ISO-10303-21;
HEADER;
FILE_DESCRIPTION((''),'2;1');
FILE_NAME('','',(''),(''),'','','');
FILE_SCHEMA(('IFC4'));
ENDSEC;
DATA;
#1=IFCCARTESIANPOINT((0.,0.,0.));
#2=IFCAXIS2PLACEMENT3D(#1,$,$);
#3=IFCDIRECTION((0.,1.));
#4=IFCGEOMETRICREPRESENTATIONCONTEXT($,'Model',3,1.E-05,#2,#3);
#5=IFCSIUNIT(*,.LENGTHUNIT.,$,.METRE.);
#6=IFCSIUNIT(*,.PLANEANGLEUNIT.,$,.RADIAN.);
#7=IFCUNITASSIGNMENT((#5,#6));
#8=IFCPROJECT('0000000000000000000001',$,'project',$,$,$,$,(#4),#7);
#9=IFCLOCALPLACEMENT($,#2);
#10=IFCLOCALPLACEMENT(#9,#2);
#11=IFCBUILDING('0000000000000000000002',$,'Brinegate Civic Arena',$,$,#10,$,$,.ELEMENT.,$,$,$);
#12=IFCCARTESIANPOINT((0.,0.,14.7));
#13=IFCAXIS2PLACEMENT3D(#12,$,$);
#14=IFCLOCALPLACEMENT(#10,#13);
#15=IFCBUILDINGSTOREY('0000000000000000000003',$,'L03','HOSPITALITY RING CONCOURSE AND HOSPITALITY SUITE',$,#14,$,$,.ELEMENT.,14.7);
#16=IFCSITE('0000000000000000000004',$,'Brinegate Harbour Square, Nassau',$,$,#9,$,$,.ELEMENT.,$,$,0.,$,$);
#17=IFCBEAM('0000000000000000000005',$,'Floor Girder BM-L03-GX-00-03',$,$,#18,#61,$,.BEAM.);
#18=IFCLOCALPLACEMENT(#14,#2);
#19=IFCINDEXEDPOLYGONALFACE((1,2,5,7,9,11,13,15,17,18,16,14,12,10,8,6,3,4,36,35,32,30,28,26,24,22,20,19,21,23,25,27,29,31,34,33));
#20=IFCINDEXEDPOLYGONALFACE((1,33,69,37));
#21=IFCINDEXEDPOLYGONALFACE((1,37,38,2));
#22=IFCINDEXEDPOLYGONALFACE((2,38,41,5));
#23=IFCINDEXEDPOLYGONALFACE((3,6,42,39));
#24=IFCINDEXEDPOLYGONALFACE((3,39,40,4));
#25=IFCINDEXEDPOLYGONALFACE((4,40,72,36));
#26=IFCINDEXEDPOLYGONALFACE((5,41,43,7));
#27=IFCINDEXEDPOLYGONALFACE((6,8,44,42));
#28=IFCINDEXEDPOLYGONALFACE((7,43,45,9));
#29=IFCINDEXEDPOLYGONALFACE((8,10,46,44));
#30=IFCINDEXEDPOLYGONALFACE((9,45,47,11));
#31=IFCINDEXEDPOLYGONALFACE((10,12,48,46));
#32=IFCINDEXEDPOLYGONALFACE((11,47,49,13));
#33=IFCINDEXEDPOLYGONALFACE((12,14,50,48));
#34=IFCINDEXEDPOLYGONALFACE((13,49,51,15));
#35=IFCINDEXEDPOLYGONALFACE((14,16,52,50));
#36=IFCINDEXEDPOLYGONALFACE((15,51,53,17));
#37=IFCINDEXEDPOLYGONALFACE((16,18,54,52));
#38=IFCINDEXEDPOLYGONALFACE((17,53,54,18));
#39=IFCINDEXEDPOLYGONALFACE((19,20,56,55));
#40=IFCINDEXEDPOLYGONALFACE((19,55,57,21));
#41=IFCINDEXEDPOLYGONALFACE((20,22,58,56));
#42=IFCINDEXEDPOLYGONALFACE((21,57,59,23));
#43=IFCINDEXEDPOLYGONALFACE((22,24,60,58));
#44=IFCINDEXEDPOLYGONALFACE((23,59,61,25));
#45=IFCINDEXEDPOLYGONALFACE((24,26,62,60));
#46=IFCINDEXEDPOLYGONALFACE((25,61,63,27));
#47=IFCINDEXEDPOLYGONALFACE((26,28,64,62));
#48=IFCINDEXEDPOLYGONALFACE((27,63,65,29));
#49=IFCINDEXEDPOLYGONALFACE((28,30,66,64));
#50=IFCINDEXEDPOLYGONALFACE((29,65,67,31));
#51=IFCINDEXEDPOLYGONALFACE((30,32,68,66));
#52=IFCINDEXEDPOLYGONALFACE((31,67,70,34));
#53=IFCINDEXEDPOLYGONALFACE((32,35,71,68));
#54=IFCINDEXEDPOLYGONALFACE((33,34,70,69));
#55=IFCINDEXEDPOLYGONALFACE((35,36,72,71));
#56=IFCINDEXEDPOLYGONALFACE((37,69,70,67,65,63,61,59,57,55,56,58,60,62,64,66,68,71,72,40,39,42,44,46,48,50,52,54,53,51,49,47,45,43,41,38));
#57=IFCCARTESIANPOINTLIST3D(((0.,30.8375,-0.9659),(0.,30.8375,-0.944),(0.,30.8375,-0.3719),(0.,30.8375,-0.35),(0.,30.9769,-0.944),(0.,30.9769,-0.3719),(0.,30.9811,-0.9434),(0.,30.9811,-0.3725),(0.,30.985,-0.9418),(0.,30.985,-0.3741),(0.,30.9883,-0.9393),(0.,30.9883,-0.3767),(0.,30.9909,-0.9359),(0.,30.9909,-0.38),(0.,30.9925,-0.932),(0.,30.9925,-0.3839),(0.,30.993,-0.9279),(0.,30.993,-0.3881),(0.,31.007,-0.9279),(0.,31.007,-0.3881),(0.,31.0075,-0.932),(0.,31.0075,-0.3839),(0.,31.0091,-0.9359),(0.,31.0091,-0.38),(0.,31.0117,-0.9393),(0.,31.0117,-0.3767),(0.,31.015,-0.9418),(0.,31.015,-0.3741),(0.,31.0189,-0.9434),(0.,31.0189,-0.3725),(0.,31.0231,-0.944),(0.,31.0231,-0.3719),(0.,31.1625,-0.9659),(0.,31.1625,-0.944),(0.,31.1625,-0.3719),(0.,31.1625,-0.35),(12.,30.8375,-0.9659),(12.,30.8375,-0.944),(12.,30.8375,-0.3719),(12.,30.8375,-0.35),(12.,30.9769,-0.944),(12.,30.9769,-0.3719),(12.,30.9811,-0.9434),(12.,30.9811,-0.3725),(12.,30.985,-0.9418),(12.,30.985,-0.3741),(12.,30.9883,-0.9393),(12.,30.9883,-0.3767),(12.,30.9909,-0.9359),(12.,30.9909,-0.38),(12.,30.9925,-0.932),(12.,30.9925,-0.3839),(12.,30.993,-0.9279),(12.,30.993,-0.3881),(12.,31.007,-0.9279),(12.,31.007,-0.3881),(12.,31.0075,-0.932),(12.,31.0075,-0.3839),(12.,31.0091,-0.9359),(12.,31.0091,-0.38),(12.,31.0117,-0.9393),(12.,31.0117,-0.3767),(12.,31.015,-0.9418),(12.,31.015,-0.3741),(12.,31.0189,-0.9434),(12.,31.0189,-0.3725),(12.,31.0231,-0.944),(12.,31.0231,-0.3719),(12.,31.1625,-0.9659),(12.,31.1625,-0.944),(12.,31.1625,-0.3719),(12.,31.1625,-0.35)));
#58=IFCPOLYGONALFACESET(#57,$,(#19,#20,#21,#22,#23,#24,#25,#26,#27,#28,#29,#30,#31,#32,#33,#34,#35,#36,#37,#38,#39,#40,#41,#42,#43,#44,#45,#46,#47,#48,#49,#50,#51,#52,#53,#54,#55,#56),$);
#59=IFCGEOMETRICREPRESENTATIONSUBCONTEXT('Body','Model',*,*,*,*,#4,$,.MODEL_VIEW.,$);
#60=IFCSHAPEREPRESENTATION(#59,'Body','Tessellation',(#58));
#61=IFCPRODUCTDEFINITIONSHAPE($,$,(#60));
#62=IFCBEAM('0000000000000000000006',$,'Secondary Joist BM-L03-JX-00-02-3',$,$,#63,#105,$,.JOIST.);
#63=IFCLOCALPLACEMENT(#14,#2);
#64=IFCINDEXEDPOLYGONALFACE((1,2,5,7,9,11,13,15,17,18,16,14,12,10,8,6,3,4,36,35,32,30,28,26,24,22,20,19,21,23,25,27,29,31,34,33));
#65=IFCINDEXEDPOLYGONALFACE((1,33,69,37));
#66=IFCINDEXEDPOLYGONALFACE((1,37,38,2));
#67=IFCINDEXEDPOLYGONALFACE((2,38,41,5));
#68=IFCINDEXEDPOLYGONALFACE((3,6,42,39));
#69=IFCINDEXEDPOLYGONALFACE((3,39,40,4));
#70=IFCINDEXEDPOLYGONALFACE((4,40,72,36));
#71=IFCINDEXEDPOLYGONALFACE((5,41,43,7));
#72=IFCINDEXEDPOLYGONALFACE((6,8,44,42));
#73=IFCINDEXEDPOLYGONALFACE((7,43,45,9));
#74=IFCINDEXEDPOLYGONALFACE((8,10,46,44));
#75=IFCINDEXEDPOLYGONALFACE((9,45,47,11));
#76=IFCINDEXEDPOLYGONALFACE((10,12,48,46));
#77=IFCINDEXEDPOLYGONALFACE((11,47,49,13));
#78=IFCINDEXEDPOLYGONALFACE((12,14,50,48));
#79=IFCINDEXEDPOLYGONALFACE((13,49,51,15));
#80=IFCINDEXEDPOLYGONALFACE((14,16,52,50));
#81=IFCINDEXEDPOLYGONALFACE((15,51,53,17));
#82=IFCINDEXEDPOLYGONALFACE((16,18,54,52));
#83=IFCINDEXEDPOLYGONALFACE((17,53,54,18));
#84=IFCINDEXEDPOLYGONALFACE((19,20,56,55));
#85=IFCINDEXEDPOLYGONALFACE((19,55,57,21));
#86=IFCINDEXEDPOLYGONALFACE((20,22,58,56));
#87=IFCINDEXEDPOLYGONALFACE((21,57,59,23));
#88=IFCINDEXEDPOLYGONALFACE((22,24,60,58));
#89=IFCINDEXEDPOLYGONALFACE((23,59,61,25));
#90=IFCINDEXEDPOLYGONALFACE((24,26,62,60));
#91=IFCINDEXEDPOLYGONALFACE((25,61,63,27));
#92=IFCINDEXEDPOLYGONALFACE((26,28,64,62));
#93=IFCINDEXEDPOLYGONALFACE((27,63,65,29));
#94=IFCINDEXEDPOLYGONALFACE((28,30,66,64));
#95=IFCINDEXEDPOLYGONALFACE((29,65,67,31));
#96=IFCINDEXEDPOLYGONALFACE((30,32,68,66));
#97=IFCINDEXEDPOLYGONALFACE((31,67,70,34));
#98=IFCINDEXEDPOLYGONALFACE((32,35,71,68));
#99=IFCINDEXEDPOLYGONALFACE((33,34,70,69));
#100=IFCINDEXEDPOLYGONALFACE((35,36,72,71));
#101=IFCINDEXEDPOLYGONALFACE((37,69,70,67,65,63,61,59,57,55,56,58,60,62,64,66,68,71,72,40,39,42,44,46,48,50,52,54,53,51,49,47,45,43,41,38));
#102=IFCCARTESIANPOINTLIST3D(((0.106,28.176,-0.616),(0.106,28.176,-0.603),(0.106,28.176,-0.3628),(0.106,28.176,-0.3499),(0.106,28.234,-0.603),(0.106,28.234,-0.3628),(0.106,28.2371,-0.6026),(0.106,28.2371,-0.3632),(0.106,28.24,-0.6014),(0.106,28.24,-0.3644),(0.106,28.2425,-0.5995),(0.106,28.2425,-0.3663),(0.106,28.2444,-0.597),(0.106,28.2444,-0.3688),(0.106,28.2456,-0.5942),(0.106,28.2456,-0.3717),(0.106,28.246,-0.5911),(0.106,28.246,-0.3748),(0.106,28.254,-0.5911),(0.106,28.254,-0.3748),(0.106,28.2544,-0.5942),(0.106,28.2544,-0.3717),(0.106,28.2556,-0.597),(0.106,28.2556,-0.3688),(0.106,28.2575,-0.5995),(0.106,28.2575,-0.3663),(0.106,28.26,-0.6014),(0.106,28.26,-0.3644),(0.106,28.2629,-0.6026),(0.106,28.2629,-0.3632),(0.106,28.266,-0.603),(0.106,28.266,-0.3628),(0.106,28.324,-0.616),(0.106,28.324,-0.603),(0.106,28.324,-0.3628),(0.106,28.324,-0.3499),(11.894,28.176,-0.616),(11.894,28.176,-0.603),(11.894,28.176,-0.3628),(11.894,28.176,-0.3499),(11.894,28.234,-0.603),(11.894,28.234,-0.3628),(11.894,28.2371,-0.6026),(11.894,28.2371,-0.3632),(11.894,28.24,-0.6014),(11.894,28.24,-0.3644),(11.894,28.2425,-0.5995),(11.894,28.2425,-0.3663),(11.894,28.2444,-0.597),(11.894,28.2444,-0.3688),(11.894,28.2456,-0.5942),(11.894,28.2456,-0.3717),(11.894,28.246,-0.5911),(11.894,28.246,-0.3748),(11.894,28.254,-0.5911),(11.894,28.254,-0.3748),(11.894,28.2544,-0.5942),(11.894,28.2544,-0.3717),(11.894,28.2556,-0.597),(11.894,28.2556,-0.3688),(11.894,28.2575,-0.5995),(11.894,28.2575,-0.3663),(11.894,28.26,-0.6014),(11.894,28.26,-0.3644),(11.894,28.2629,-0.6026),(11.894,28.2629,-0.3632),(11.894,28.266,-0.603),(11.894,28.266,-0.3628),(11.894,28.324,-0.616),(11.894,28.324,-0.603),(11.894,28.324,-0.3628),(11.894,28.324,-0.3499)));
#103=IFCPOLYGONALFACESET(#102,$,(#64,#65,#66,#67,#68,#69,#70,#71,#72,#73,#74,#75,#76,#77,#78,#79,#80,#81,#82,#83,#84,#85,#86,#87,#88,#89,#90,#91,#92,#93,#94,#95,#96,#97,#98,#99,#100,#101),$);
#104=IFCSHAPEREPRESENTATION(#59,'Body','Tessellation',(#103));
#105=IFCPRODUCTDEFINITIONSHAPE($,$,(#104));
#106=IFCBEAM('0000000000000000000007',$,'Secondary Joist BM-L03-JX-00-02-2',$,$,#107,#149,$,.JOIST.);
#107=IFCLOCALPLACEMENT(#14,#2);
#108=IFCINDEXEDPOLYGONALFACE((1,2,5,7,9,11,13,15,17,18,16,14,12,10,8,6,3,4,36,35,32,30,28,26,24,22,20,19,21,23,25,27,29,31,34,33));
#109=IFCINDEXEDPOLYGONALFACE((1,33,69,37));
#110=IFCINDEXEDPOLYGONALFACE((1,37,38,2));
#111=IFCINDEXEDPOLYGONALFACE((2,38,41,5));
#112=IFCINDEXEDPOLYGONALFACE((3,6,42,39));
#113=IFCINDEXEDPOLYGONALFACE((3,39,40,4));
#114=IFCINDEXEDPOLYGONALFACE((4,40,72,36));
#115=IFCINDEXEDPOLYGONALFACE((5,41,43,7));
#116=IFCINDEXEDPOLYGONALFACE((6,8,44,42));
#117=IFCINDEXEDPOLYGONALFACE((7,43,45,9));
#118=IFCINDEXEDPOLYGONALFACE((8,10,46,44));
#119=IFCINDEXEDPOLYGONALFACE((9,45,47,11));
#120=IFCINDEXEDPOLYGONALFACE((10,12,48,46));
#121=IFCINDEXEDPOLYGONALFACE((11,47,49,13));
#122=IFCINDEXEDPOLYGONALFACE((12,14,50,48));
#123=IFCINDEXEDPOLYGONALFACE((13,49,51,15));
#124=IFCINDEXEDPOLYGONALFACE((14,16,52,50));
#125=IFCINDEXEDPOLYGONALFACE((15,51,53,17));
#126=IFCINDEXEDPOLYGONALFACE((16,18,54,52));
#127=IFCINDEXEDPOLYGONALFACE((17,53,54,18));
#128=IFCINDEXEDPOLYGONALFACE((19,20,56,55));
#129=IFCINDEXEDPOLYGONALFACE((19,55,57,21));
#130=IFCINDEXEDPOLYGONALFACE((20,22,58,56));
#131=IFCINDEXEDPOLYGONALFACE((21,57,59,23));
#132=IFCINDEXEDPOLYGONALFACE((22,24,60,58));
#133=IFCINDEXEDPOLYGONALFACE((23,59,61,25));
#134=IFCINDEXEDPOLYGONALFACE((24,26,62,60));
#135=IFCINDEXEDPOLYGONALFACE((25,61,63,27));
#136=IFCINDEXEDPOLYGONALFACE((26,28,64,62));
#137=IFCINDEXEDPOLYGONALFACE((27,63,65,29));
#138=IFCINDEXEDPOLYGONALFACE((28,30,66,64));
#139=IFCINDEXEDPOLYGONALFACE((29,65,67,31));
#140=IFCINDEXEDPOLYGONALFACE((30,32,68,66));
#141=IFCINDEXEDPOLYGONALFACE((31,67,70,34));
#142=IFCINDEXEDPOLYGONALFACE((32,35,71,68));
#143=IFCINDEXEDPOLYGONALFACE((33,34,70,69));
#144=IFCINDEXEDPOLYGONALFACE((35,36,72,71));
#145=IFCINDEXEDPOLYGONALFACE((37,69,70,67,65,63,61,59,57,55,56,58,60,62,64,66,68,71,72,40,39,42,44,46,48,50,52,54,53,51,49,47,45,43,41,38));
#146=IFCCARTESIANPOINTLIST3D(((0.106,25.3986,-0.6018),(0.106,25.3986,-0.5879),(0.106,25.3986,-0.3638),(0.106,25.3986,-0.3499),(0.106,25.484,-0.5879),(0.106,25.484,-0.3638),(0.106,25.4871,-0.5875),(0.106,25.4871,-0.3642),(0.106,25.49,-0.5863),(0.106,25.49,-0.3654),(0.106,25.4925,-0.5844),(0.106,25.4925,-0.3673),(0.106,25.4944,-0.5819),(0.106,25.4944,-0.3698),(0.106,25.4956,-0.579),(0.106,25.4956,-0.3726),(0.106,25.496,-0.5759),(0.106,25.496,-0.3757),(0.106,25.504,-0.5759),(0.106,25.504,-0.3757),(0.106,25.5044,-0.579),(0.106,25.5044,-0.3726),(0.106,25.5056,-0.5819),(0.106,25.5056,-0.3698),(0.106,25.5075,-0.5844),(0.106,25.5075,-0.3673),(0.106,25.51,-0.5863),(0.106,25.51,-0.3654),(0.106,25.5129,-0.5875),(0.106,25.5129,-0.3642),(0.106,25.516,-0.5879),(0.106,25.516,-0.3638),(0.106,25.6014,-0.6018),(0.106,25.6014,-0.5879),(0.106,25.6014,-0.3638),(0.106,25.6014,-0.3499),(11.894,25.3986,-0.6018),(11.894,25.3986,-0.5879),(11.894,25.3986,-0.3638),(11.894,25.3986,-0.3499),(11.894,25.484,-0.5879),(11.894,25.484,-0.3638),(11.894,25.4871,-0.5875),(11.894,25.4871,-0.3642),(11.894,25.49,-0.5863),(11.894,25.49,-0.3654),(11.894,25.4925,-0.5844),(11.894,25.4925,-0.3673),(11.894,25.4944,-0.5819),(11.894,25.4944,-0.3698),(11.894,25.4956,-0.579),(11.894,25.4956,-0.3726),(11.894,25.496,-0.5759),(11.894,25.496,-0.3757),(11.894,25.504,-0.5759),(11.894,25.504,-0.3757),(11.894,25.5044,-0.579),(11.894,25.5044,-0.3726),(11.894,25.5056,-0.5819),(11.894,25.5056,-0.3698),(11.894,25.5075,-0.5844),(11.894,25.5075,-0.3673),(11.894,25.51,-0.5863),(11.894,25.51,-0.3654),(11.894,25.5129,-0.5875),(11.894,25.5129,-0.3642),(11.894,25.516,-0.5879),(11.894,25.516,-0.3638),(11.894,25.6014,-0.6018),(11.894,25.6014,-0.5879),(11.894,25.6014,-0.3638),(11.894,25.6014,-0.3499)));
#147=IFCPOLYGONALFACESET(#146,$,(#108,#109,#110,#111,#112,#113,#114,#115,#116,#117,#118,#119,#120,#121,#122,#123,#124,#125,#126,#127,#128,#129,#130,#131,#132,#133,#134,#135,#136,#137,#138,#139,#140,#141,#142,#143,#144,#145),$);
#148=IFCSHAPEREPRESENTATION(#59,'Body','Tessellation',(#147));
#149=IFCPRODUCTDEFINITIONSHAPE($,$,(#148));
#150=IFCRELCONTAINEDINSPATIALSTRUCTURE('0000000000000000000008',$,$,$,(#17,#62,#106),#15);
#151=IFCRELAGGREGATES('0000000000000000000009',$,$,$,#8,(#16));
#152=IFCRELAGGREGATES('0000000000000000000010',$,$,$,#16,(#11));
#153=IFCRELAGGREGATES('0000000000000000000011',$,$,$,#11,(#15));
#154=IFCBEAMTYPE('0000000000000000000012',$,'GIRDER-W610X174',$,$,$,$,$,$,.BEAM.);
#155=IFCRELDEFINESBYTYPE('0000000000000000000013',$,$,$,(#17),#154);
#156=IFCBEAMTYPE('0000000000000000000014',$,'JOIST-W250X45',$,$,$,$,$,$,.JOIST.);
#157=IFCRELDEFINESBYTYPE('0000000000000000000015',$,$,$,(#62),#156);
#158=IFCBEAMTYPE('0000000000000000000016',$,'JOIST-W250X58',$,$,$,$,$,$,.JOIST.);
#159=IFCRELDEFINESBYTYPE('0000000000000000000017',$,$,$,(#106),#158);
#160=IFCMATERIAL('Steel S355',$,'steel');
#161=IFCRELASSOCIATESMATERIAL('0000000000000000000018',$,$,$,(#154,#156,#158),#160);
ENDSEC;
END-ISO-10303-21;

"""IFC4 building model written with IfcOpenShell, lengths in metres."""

from ifc_helpers import new_model, si_unit, direction, frame, origin, origin_2d, place, context, subcontext, project, spatial, i_section, extrude, material, material_profile, profile_set, type_object, element, save


model = new_model("IFC4")

# Units and contexts
model_context = context("Model", 3, precision=1e-05, world=origin(), true_north=direction((0.0, 1.0)))
body_context = subcontext(model_context, "Body", "Model", "MODEL_VIEW")
ifc_project = project(units=[si_unit("LENGTHUNIT", "METRE"), si_unit("PLANEANGLEUNIT", "RADIAN")], contexts=[model_context])

# Site, building, storey
site_placement = place(None, origin())
site = spatial("IfcSite", under=ifc_project, at=site_placement, Name="Brinegate Harbour Square, Nassau", CompositionType="ELEMENT", RefElevation=0.0)
building_placement = place(site_placement, origin())
building = spatial("IfcBuilding", under=site, at=building_placement, Name="Brinegate Civic Arena", CompositionType="ELEMENT")
storey_placement = place(building_placement, frame((0.0, 0.0, 14.7)))
storey = spatial("IfcBuildingStorey", under=building, at=storey_placement, Name="L03", Description="HOSPITALITY RING CONCOURSE AND HOSPITALITY SUITE", CompositionType="ELEMENT", Elevation=14.7)

# Beams
ifc_material_1 = material(Name="Steel S355", Category="steel")
ifc_material_profile_1 = material_profile(ifc_material_1, i_section(OverallWidth=0.325, OverallDepth=0.616, WebThickness=0.0139, FlangeThickness=0.022, FilletRadius=0.0161, at=origin_2d()), Name="W610X174")
ifc_profile_set_1 = profile_set([ifc_material_profile_1], Name="Steel S355")
beam_type_1 = type_object("IfcBeamType", Name="GIRDER-W610X174", PredefinedType="BEAM", material=ifc_profile_set_1)
beam_1_placement = place(storey_placement, frame((0.0, 31.0, -0.658), z_axis=(1.0, 0.0, 0.0), x_axis=(0.0, 1.0, 0.0)))
element("IfcBeam", 1, at=beam_1_placement, inside=storey, type_object=beam_type_1, Name="Floor Girder BM-L03-GX-00-03", PredefinedType="BEAM", context=body_context, shape_type="SweptSolid", body=[
    extrude(i_section(OverallWidth=0.325, OverallDepth=0.616, WebThickness=0.0139, FlangeThickness=0.022, FilletRadius=0.0161, at=origin_2d()), origin(), (0.0, 0.0, 1.0), 12.0),
])
ifc_material_profile_2 = material_profile(ifc_material_1, i_section(OverallWidth=0.1479, OverallDepth=0.2661, WebThickness=0.0081, FlangeThickness=0.0129, FilletRadius=0.012, at=origin_2d()), Name="W250X45")
ifc_profile_set_2 = profile_set([ifc_material_profile_2], Name="Steel S355")
beam_type_2 = type_object("IfcBeamType", Name="JOIST-W250X45", PredefinedType="JOIST", material=ifc_profile_set_2)
beam_2_placement = place(storey_placement, frame((0.106, 28.25, -0.4829), z_axis=(1.0, 0.0, 0.0), x_axis=(0.0, 1.0, 0.0)))
element("IfcBeam", 2, at=beam_2_placement, inside=storey, type_object=beam_type_2, Name="Secondary Joist BM-L03-JX-00-02-3", PredefinedType="JOIST", context=body_context, shape_type="SweptSolid", body=[
    extrude(i_section(OverallWidth=0.1479, OverallDepth=0.2661, WebThickness=0.0081, FlangeThickness=0.0129, FilletRadius=0.012, at=origin_2d()), origin(), (0.0, 0.0, 1.0), 11.7881),
])
ifc_material_profile_3 = material_profile(ifc_material_1, i_section(OverallWidth=0.2029, OverallDepth=0.252, WebThickness=0.0081, FlangeThickness=0.0139, FilletRadius=0.012, at=origin_2d()), Name="W250X58")
ifc_profile_set_3 = profile_set([ifc_material_profile_3], Name="Steel S355")
beam_type_3 = type_object("IfcBeamType", Name="JOIST-W250X58", PredefinedType="JOIST", material=ifc_profile_set_3)
beam_3_placement = place(storey_placement, frame((0.106, 25.5, -0.4758), z_axis=(1.0, 0.0, 0.0), x_axis=(0.0, 1.0, 0.0)))
element("IfcBeam", 3, at=beam_3_placement, inside=storey, type_object=beam_type_3, Name="Secondary Joist BM-L03-JX-00-02-2", PredefinedType="JOIST", context=body_context, shape_type="SweptSolid", body=[
    extrude(i_section(OverallWidth=0.2029, OverallDepth=0.252, WebThickness=0.0081, FlangeThickness=0.0139, FilletRadius=0.012, at=origin_2d()), origin(), (0.0, 0.0, 1.0), 11.7881),
])

save(model, "model.ifc")
